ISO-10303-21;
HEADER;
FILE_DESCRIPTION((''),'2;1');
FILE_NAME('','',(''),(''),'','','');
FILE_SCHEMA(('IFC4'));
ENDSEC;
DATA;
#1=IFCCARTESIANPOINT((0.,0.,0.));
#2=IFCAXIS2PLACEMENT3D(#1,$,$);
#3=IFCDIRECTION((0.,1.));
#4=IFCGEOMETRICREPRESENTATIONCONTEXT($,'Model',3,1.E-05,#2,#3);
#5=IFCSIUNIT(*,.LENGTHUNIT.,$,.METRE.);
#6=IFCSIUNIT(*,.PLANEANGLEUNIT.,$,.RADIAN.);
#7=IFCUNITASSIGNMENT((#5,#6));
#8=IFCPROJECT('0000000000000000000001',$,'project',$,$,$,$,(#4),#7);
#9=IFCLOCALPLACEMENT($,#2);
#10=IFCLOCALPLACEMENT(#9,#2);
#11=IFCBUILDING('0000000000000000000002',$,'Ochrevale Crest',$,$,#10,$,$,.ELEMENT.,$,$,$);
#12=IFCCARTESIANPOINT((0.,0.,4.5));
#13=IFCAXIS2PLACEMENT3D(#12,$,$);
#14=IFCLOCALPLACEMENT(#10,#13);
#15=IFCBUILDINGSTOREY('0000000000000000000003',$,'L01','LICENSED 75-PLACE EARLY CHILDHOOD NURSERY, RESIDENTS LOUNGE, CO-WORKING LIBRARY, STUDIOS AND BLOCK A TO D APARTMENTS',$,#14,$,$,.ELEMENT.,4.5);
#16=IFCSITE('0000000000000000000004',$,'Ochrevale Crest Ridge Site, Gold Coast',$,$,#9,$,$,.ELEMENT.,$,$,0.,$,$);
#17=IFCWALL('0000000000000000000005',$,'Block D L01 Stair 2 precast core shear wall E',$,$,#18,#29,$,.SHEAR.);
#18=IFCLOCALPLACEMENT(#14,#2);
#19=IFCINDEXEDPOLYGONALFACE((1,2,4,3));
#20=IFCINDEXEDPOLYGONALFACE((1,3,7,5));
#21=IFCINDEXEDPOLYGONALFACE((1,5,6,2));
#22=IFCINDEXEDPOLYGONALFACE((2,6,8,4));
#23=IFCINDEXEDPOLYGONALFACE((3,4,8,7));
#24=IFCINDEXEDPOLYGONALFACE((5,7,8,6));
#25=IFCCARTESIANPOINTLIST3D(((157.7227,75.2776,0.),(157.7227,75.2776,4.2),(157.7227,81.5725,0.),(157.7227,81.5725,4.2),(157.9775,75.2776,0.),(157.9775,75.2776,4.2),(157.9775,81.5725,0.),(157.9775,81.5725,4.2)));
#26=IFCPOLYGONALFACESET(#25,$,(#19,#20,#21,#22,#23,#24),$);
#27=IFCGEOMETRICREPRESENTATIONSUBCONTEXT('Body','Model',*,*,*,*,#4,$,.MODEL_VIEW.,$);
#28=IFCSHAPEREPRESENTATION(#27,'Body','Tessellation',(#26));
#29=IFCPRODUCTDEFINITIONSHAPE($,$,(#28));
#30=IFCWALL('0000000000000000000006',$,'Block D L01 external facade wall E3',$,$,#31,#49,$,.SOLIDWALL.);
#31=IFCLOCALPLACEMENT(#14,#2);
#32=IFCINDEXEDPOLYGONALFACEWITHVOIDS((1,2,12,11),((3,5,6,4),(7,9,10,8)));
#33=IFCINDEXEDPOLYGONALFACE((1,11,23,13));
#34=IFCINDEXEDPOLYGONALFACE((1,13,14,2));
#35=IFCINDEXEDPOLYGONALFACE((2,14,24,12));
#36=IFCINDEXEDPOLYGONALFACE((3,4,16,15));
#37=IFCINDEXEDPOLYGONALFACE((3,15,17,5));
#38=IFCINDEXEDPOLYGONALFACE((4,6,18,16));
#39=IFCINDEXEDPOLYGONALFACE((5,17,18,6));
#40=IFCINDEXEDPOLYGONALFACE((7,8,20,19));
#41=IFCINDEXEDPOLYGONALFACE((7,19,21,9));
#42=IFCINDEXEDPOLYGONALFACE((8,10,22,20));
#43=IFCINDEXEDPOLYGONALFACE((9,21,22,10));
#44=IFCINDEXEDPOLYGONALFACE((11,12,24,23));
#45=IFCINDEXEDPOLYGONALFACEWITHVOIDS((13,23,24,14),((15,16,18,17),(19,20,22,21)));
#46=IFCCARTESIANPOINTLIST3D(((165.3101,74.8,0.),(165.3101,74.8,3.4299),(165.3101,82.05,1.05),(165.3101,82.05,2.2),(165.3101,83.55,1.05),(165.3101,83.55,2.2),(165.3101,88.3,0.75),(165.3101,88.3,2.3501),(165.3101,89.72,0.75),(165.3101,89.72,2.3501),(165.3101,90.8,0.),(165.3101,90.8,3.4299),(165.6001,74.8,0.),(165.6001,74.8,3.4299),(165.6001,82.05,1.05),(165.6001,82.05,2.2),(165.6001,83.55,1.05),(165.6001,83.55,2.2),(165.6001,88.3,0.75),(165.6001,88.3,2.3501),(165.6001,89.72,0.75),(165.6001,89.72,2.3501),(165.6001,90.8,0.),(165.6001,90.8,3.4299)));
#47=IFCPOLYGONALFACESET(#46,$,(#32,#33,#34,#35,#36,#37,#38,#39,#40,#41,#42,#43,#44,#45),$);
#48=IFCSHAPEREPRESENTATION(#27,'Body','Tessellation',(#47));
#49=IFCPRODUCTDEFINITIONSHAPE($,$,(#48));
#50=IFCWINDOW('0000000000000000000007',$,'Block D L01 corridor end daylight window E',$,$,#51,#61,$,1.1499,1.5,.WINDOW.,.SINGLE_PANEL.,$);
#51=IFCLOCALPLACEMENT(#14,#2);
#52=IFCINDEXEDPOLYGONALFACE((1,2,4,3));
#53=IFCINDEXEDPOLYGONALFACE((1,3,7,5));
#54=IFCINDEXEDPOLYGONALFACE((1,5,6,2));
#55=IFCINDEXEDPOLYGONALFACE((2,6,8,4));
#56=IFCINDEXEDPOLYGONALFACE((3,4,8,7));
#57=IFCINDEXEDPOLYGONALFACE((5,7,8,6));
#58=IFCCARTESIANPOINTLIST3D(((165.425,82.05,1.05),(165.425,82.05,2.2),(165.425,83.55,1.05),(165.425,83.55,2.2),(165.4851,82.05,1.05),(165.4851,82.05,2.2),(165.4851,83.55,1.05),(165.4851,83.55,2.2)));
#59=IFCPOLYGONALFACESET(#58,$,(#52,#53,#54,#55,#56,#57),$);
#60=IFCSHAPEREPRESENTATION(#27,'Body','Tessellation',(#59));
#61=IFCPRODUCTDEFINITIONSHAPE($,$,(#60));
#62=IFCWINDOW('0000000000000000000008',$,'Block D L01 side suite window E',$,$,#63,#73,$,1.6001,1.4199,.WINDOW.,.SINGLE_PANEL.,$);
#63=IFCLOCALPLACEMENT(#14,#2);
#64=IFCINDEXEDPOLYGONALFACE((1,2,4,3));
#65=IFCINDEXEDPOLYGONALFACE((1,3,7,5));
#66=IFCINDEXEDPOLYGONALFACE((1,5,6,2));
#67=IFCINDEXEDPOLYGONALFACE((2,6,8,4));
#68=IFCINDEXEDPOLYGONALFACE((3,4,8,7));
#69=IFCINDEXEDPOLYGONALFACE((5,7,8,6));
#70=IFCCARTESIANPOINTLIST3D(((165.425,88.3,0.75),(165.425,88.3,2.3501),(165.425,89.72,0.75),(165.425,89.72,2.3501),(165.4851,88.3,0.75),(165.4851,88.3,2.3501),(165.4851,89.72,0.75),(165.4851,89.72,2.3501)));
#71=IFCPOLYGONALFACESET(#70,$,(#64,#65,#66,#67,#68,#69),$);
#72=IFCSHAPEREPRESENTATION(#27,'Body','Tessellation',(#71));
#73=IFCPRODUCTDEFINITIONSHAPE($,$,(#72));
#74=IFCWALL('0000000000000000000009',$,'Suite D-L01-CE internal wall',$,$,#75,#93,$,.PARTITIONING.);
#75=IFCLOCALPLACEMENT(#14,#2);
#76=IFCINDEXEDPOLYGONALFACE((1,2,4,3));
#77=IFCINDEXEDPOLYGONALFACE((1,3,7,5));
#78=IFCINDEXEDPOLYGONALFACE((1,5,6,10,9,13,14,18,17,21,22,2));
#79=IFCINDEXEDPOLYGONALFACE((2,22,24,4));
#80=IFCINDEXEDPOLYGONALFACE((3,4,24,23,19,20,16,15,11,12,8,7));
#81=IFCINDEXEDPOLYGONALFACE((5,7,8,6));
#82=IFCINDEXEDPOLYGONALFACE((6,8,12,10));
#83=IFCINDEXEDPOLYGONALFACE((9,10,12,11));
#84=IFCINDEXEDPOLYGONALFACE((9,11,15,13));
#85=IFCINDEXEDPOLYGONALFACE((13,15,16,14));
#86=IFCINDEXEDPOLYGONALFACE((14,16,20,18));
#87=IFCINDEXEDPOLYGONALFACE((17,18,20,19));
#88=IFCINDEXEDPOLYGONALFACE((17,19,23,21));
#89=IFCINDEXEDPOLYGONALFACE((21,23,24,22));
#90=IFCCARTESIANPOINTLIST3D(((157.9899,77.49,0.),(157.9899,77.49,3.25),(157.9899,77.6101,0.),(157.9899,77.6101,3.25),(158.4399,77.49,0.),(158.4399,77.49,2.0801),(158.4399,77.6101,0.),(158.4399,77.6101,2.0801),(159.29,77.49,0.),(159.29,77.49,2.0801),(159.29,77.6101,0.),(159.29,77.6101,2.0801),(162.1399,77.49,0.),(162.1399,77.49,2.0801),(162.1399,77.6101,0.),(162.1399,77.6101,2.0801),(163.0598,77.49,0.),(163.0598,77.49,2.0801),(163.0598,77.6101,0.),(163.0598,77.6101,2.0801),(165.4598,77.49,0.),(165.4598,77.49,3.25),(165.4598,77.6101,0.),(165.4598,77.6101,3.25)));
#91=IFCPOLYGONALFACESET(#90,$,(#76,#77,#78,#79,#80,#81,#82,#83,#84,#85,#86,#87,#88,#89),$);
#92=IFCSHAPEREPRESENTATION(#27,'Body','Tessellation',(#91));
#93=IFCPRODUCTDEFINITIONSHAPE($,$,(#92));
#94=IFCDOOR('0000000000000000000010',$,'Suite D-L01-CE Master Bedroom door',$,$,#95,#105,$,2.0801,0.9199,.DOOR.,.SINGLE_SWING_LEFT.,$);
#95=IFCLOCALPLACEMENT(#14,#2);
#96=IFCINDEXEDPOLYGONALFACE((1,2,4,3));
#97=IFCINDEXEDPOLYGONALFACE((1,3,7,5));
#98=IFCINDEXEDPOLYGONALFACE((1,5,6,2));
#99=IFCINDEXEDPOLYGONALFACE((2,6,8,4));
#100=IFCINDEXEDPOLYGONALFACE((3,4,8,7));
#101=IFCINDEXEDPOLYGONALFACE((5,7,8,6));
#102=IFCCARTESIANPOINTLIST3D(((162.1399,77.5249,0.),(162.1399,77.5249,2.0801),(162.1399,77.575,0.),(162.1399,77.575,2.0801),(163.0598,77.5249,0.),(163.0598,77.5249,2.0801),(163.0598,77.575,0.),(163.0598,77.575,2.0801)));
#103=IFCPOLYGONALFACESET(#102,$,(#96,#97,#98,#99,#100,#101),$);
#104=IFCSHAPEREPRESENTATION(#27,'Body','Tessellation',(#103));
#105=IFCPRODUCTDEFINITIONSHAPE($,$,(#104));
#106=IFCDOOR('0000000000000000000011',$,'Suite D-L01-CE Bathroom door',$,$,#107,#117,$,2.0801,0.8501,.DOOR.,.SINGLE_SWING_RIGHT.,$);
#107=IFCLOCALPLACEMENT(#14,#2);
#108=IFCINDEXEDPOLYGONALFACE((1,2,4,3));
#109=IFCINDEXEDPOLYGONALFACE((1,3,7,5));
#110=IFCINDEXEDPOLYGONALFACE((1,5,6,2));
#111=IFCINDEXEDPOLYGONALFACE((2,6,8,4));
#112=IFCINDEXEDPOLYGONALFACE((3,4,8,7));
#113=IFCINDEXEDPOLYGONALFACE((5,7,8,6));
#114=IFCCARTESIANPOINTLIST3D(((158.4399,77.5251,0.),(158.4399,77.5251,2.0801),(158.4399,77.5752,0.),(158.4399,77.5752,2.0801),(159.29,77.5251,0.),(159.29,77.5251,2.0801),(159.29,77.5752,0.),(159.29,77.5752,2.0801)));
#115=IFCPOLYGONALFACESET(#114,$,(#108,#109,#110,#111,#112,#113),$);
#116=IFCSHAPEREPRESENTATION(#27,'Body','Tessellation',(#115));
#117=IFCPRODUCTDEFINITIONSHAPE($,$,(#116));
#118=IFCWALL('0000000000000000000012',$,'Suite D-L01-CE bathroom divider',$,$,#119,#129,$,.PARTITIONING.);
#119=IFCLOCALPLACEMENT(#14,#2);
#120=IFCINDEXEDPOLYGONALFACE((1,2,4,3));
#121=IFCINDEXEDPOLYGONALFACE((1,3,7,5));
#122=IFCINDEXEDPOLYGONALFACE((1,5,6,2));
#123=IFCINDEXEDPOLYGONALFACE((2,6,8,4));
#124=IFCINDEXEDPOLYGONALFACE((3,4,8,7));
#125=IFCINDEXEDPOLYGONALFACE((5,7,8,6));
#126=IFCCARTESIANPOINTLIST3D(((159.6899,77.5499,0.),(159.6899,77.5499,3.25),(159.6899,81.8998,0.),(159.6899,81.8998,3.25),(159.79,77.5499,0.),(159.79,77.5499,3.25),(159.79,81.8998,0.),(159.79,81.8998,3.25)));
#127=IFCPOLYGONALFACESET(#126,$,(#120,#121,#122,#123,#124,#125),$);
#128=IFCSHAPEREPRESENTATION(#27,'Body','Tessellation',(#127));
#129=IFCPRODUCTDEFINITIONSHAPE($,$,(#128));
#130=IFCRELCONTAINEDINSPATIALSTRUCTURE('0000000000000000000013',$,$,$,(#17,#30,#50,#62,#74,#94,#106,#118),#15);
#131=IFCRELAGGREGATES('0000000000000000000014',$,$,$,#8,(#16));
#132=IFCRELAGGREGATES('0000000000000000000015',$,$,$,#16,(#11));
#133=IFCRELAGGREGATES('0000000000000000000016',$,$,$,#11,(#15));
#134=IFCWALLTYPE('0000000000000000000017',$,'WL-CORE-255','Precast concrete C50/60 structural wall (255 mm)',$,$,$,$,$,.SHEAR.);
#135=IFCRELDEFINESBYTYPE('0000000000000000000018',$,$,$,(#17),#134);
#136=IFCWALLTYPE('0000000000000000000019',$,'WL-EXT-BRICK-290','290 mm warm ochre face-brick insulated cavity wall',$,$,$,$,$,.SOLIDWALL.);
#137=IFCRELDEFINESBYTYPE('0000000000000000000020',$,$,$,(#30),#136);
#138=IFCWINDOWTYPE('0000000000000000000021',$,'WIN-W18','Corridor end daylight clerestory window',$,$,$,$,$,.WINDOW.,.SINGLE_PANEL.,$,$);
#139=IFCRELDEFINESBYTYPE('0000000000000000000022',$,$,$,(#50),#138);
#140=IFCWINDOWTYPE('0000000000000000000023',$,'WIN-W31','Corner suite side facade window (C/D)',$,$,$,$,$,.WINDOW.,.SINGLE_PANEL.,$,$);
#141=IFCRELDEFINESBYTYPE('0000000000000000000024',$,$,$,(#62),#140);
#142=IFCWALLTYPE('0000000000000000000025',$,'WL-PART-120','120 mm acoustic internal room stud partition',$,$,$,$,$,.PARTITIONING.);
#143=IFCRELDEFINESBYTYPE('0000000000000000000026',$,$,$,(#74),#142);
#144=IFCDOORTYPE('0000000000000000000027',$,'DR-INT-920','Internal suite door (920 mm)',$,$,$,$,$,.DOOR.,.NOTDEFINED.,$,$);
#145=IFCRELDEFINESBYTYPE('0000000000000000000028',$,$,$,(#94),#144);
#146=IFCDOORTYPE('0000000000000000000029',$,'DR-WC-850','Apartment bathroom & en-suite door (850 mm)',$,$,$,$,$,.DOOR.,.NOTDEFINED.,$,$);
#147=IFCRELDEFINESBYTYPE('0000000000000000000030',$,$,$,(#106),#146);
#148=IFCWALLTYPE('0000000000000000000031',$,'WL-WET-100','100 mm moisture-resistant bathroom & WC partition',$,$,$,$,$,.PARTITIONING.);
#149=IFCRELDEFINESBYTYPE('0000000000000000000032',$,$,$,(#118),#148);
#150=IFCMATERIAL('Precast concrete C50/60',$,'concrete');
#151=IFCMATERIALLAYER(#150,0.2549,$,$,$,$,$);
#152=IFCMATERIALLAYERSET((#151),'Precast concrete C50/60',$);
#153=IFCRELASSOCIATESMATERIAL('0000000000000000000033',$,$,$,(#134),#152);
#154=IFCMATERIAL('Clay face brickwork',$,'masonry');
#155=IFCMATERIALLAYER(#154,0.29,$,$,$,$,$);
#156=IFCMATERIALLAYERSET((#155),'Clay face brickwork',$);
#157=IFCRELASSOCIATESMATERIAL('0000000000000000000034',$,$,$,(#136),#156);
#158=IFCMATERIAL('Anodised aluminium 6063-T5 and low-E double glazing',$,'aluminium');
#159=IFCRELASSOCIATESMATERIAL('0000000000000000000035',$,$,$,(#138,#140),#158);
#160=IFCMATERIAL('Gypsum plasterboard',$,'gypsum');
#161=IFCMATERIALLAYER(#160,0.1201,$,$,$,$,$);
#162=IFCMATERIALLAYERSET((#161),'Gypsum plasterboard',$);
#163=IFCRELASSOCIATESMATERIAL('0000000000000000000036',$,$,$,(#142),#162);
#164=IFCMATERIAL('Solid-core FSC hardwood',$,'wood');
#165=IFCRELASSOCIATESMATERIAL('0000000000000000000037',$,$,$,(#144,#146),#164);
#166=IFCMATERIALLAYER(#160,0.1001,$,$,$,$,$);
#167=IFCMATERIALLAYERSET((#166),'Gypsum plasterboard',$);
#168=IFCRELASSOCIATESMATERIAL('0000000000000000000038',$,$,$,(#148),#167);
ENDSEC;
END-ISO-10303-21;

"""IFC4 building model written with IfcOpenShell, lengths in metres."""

from ifc_helpers import new_model, si_unit, direction, frame, frame_2d, origin, place, context, subcontext, project, spatial, rectangle, extrude, material, layer, layer_set, type_object, element, fill, save


model = new_model("IFC4")

# Units and contexts
model_context = context("Model", 3, precision=1e-05, world=origin(), true_north=direction((0.0, 1.0)))
body_context = subcontext(model_context, "Body", "Model", "MODEL_VIEW")
ifc_project = project(units=[si_unit("LENGTHUNIT", "METRE"), si_unit("PLANEANGLEUNIT", "RADIAN")], contexts=[model_context])

# Site, building, storey
site_placement = place(None, origin())
site = spatial("IfcSite", under=ifc_project, at=site_placement, Name="Ochrevale Crest Ridge Site, Gold Coast", CompositionType="ELEMENT", RefElevation=0.0)
building_placement = place(site_placement, origin())
building = spatial("IfcBuilding", under=site, at=building_placement, Name="Ochrevale Crest", CompositionType="ELEMENT")
storey_placement = place(building_placement, frame((0.0, 0.0, 4.5)))
storey = spatial("IfcBuildingStorey", under=building, at=storey_placement, Name="L01", Description="LICENSED 75-PLACE EARLY CHILDHOOD NURSERY, RESIDENTS LOUNGE, CO-WORKING LIBRARY, STUDIOS AND BLOCK A TO D APARTMENTS", CompositionType="ELEMENT", Elevation=4.5)

# Shared definitions
ifc_material_1 = material(Name="Precast concrete C50/60", Category="concrete")

# Wall
ifc_layer_1 = layer(ifc_material_1, 0.2549)
ifc_layer_set_1 = layer_set([ifc_layer_1], Name="Precast concrete C50/60")
wall_type_1 = type_object("IfcWallType", Name="WL-CORE-255", Description="Precast concrete C50/60 structural wall (255 mm)", PredefinedType="SHEAR", material=ifc_layer_set_1)
wall_1_placement = place(storey_placement, frame((157.8501, 75.2776, 0.0), z_axis=(0.0, 0.0, 1.0), x_axis=(0.0, 1.0, 0.0)))
element("IfcWall", 1, at=wall_1_placement, inside=storey, type_object=wall_type_1, Name="Block D L01 Stair 2 precast core shear wall E", PredefinedType="SHEAR", context=body_context, shape_type="SweptSolid", body=[
    extrude(rectangle(XDim=6.2949, YDim=0.2549, at=frame_2d((3.1475, 0.0))), origin(), (0.0, 0.0, 1.0), 4.2),
])

# Wall, openings, windows
ifc_material_2 = material(Name="Clay face brickwork", Category="masonry")
ifc_layer_2 = layer(ifc_material_2, 0.29)
ifc_layer_set_2 = layer_set([ifc_layer_2], Name="Clay face brickwork")
wall_type_2 = type_object("IfcWallType", Name="WL-EXT-BRICK-290", Description="290 mm warm ochre face-brick insulated cavity wall", PredefinedType="SOLIDWALL", material=ifc_layer_set_2)
wall_2_placement = place(storey_placement, frame((165.4551, 74.8, 0.0), z_axis=(0.0, 0.0, 1.0), x_axis=(0.0, 1.0, 0.0)))
wall_2 = element("IfcWall", 2, at=wall_2_placement, inside=storey, type_object=wall_type_2, Name="Block D L01 external facade wall E3", PredefinedType="SOLIDWALL", context=body_context, shape_type="SweptSolid", body=[
    extrude(rectangle(XDim=16.0, YDim=0.29, at=frame_2d((8.0, 0.0))), origin(), (0.0, 0.0, 1.0), 3.4299),
])
opening_1_placement = place(wall_2_placement, frame((7.25, 0.0, 1.05)))
opening_1 = element("IfcOpeningElement", 3, at=opening_1_placement, cuts=wall_2, PredefinedType="OPENING", context=body_context, shape_type="SweptSolid", body=[
    extrude(rectangle(XDim=1.5, YDim=1.1499, at=frame_2d((0.75, 0.575))), frame((0.0, 0.155, 0.0), z_axis=(0.0, -1.0, 0.0), x_axis=(1.0, 0.0, 0.0)), (0.0, 0.0, 1.0), 0.3101),
])
opening_2_placement = place(wall_2_placement, frame((13.5, 0.0, 0.75)))
opening_2 = element("IfcOpeningElement", 4, at=opening_2_placement, cuts=wall_2, PredefinedType="OPENING", context=body_context, shape_type="SweptSolid", body=[
    extrude(rectangle(XDim=1.4199, YDim=1.6001, at=frame_2d((0.71, 0.8))), frame((0.0, 0.155, 0.0), z_axis=(0.0, -1.0, 0.0), x_axis=(1.0, 0.0, 0.0)), (0.0, 0.0, 1.0), 0.3101),
])
ifc_material_3 = material(Name="Anodised aluminium 6063-T5 and low-E double glazing", Category="aluminium")
window_type_1 = type_object("IfcWindowType", Name="WIN-W18", Description="Corridor end daylight clerestory window", PartitioningType="SINGLE_PANEL", PredefinedType="WINDOW", material=ifc_material_3)
window_1_placement = place(opening_1_placement, origin())
window_1 = element("IfcWindow", 5, at=window_1_placement, inside=storey, type_object=window_type_1, Name="Block D L01 corridor end daylight window E", OverallHeight=1.1499, OverallWidth=1.5, PartitioningType="SINGLE_PANEL", PredefinedType="WINDOW", context=body_context, shape_type="SweptSolid", body=[
    extrude(rectangle(XDim=1.5, YDim=1.1499, at=frame_2d((0.75, 0.575))), frame((0.0, 0.03, 0.0), z_axis=(0.0, -1.0, 0.0), x_axis=(1.0, 0.0, 0.0)), (0.0, 0.0, 1.0), 0.0601),
])
fill(opening_1, window_1)
window_type_2 = type_object("IfcWindowType", Name="WIN-W31", Description="Corner suite side facade window (C/D)", PartitioningType="SINGLE_PANEL", PredefinedType="WINDOW", material=ifc_material_3)
window_2_placement = place(opening_2_placement, origin())
window_2 = element("IfcWindow", 6, at=window_2_placement, inside=storey, type_object=window_type_2, Name="Block D L01 side suite window E", OverallHeight=1.6001, OverallWidth=1.4199, PartitioningType="SINGLE_PANEL", PredefinedType="WINDOW", context=body_context, shape_type="SweptSolid", body=[
    extrude(rectangle(XDim=1.4199, YDim=1.6001, at=frame_2d((0.71, 0.8))), frame((0.0, 0.03, 0.0), z_axis=(0.0, -1.0, 0.0), x_axis=(1.0, 0.0, 0.0)), (0.0, 0.0, 1.0), 0.0601),
])
fill(opening_2, window_2)

# Wall, openings, doors
ifc_material_4 = material(Name="Gypsum plasterboard", Category="gypsum")
ifc_layer_3 = layer(ifc_material_4, 0.1201)
ifc_layer_set_3 = layer_set([ifc_layer_3], Name="Gypsum plasterboard")
wall_type_3 = type_object("IfcWallType", Name="WL-PART-120", Description="120 mm acoustic internal room stud partition", PredefinedType="PARTITIONING", material=ifc_layer_set_3)
wall_3_placement = place(storey_placement, frame((157.99, 77.55, 0.0), z_axis=(0.0, 0.0, 1.0), x_axis=(1.0, 0.0, 0.0)))
wall_3 = element("IfcWall", 7, at=wall_3_placement, inside=storey, type_object=wall_type_3, Name="Suite D-L01-CE internal wall", PredefinedType="PARTITIONING", context=body_context, shape_type="SweptSolid", body=[
    extrude(rectangle(XDim=7.47, YDim=0.1201, at=frame_2d((3.7349, 0.0))), origin(), (0.0, 0.0, 1.0), 3.25),
])
opening_3_placement = place(wall_3_placement, frame((1.3, 0.0, 0.0), z_axis=(0.0, 0.0, 1.0), x_axis=(-1.0, 0.0, 0.0)))
opening_3 = element("IfcOpeningElement", 8, at=opening_3_placement, cuts=wall_3, PredefinedType="OPENING", context=body_context, shape_type="SweptSolid", body=[
    extrude(rectangle(XDim=0.8501, YDim=2.0801, at=frame_2d((0.425, 1.04))), frame((0.0, 0.0701, 0.0), z_axis=(0.0, -1.0, 0.0), x_axis=(1.0, 0.0, 0.0)), (0.0, 0.0, 1.0), 0.1401),
])
opening_4_placement = place(wall_3_placement, frame((4.1499, 0.0, 0.0)))
opening_4 = element("IfcOpeningElement", 9, at=opening_4_placement, cuts=wall_3, PredefinedType="OPENING", context=body_context, shape_type="SweptSolid", body=[
    extrude(rectangle(XDim=0.9199, YDim=2.0801, at=frame_2d((0.46, 1.04))), frame((0.0, 0.0701, 0.0), z_axis=(0.0, -1.0, 0.0), x_axis=(1.0, 0.0, 0.0)), (0.0, 0.0, 1.0), 0.1401),
])
ifc_material_5 = material(Name="Solid-core FSC hardwood", Category="wood")
door_type_1 = type_object("IfcDoorType", Name="DR-INT-920", Description="Internal suite door (920 mm)", OperationType="NOTDEFINED", PredefinedType="DOOR", material=ifc_material_5)
door_1_placement = place(opening_4_placement, origin())
door_1 = element("IfcDoor", 10, at=door_1_placement, inside=storey, type_object=door_type_1, Name="Suite D-L01-CE Master Bedroom door", OperationType="SINGLE_SWING_LEFT", OverallHeight=2.0801, OverallWidth=0.9199, PredefinedType="DOOR", context=body_context, shape_type="SweptSolid", body=[
    extrude(rectangle(XDim=0.9199, YDim=2.0801, at=frame_2d((0.46, 1.04))), frame((0.0, 0.0249, 0.0), z_axis=(0.0, -1.0, 0.0), x_axis=(1.0, 0.0, 0.0)), (0.0, 0.0, 1.0), 0.05),
])
fill(opening_4, door_1)
door_type_2 = type_object("IfcDoorType", Name="DR-WC-850", Description="Apartment bathroom & en-suite door (850 mm)", OperationType="NOTDEFINED", PredefinedType="DOOR", material=ifc_material_5)
door_2_placement = place(opening_3_placement, origin())
door_2 = element("IfcDoor", 11, at=door_2_placement, inside=storey, type_object=door_type_2, Name="Suite D-L01-CE Bathroom door", OperationType="SINGLE_SWING_RIGHT", OverallHeight=2.0801, OverallWidth=0.8501, PredefinedType="DOOR", context=body_context, shape_type="SweptSolid", body=[
    extrude(rectangle(XDim=0.8501, YDim=2.0801, at=frame_2d((0.425, 1.04))), frame((0.0, 0.0249, 0.0), z_axis=(0.0, -1.0, 0.0), x_axis=(1.0, 0.0, 0.0)), (0.0, 0.0, 1.0), 0.05),
])
fill(opening_3, door_2)

# Wall
ifc_layer_4 = layer(ifc_material_4, 0.1001)
ifc_layer_set_4 = layer_set([ifc_layer_4], Name="Gypsum plasterboard")
wall_type_4 = type_object("IfcWallType", Name="WL-WET-100", Description="100 mm moisture-resistant bathroom & WC partition", PredefinedType="PARTITIONING", material=ifc_layer_set_4)
wall_4_placement = place(storey_placement, frame((159.74, 77.55, 0.0), z_axis=(0.0, 0.0, 1.0), x_axis=(0.0, 1.0, 0.0)))
element("IfcWall", 12, at=wall_4_placement, inside=storey, type_object=wall_type_4, Name="Suite D-L01-CE bathroom divider", PredefinedType="PARTITIONING", context=body_context, shape_type="SweptSolid", body=[
    extrude(rectangle(XDim=4.3499, YDim=0.1001, at=frame_2d((2.1748, 0.0))), origin(), (0.0, 0.0, 1.0), 3.25),
])

save(model, "model.ifc")
